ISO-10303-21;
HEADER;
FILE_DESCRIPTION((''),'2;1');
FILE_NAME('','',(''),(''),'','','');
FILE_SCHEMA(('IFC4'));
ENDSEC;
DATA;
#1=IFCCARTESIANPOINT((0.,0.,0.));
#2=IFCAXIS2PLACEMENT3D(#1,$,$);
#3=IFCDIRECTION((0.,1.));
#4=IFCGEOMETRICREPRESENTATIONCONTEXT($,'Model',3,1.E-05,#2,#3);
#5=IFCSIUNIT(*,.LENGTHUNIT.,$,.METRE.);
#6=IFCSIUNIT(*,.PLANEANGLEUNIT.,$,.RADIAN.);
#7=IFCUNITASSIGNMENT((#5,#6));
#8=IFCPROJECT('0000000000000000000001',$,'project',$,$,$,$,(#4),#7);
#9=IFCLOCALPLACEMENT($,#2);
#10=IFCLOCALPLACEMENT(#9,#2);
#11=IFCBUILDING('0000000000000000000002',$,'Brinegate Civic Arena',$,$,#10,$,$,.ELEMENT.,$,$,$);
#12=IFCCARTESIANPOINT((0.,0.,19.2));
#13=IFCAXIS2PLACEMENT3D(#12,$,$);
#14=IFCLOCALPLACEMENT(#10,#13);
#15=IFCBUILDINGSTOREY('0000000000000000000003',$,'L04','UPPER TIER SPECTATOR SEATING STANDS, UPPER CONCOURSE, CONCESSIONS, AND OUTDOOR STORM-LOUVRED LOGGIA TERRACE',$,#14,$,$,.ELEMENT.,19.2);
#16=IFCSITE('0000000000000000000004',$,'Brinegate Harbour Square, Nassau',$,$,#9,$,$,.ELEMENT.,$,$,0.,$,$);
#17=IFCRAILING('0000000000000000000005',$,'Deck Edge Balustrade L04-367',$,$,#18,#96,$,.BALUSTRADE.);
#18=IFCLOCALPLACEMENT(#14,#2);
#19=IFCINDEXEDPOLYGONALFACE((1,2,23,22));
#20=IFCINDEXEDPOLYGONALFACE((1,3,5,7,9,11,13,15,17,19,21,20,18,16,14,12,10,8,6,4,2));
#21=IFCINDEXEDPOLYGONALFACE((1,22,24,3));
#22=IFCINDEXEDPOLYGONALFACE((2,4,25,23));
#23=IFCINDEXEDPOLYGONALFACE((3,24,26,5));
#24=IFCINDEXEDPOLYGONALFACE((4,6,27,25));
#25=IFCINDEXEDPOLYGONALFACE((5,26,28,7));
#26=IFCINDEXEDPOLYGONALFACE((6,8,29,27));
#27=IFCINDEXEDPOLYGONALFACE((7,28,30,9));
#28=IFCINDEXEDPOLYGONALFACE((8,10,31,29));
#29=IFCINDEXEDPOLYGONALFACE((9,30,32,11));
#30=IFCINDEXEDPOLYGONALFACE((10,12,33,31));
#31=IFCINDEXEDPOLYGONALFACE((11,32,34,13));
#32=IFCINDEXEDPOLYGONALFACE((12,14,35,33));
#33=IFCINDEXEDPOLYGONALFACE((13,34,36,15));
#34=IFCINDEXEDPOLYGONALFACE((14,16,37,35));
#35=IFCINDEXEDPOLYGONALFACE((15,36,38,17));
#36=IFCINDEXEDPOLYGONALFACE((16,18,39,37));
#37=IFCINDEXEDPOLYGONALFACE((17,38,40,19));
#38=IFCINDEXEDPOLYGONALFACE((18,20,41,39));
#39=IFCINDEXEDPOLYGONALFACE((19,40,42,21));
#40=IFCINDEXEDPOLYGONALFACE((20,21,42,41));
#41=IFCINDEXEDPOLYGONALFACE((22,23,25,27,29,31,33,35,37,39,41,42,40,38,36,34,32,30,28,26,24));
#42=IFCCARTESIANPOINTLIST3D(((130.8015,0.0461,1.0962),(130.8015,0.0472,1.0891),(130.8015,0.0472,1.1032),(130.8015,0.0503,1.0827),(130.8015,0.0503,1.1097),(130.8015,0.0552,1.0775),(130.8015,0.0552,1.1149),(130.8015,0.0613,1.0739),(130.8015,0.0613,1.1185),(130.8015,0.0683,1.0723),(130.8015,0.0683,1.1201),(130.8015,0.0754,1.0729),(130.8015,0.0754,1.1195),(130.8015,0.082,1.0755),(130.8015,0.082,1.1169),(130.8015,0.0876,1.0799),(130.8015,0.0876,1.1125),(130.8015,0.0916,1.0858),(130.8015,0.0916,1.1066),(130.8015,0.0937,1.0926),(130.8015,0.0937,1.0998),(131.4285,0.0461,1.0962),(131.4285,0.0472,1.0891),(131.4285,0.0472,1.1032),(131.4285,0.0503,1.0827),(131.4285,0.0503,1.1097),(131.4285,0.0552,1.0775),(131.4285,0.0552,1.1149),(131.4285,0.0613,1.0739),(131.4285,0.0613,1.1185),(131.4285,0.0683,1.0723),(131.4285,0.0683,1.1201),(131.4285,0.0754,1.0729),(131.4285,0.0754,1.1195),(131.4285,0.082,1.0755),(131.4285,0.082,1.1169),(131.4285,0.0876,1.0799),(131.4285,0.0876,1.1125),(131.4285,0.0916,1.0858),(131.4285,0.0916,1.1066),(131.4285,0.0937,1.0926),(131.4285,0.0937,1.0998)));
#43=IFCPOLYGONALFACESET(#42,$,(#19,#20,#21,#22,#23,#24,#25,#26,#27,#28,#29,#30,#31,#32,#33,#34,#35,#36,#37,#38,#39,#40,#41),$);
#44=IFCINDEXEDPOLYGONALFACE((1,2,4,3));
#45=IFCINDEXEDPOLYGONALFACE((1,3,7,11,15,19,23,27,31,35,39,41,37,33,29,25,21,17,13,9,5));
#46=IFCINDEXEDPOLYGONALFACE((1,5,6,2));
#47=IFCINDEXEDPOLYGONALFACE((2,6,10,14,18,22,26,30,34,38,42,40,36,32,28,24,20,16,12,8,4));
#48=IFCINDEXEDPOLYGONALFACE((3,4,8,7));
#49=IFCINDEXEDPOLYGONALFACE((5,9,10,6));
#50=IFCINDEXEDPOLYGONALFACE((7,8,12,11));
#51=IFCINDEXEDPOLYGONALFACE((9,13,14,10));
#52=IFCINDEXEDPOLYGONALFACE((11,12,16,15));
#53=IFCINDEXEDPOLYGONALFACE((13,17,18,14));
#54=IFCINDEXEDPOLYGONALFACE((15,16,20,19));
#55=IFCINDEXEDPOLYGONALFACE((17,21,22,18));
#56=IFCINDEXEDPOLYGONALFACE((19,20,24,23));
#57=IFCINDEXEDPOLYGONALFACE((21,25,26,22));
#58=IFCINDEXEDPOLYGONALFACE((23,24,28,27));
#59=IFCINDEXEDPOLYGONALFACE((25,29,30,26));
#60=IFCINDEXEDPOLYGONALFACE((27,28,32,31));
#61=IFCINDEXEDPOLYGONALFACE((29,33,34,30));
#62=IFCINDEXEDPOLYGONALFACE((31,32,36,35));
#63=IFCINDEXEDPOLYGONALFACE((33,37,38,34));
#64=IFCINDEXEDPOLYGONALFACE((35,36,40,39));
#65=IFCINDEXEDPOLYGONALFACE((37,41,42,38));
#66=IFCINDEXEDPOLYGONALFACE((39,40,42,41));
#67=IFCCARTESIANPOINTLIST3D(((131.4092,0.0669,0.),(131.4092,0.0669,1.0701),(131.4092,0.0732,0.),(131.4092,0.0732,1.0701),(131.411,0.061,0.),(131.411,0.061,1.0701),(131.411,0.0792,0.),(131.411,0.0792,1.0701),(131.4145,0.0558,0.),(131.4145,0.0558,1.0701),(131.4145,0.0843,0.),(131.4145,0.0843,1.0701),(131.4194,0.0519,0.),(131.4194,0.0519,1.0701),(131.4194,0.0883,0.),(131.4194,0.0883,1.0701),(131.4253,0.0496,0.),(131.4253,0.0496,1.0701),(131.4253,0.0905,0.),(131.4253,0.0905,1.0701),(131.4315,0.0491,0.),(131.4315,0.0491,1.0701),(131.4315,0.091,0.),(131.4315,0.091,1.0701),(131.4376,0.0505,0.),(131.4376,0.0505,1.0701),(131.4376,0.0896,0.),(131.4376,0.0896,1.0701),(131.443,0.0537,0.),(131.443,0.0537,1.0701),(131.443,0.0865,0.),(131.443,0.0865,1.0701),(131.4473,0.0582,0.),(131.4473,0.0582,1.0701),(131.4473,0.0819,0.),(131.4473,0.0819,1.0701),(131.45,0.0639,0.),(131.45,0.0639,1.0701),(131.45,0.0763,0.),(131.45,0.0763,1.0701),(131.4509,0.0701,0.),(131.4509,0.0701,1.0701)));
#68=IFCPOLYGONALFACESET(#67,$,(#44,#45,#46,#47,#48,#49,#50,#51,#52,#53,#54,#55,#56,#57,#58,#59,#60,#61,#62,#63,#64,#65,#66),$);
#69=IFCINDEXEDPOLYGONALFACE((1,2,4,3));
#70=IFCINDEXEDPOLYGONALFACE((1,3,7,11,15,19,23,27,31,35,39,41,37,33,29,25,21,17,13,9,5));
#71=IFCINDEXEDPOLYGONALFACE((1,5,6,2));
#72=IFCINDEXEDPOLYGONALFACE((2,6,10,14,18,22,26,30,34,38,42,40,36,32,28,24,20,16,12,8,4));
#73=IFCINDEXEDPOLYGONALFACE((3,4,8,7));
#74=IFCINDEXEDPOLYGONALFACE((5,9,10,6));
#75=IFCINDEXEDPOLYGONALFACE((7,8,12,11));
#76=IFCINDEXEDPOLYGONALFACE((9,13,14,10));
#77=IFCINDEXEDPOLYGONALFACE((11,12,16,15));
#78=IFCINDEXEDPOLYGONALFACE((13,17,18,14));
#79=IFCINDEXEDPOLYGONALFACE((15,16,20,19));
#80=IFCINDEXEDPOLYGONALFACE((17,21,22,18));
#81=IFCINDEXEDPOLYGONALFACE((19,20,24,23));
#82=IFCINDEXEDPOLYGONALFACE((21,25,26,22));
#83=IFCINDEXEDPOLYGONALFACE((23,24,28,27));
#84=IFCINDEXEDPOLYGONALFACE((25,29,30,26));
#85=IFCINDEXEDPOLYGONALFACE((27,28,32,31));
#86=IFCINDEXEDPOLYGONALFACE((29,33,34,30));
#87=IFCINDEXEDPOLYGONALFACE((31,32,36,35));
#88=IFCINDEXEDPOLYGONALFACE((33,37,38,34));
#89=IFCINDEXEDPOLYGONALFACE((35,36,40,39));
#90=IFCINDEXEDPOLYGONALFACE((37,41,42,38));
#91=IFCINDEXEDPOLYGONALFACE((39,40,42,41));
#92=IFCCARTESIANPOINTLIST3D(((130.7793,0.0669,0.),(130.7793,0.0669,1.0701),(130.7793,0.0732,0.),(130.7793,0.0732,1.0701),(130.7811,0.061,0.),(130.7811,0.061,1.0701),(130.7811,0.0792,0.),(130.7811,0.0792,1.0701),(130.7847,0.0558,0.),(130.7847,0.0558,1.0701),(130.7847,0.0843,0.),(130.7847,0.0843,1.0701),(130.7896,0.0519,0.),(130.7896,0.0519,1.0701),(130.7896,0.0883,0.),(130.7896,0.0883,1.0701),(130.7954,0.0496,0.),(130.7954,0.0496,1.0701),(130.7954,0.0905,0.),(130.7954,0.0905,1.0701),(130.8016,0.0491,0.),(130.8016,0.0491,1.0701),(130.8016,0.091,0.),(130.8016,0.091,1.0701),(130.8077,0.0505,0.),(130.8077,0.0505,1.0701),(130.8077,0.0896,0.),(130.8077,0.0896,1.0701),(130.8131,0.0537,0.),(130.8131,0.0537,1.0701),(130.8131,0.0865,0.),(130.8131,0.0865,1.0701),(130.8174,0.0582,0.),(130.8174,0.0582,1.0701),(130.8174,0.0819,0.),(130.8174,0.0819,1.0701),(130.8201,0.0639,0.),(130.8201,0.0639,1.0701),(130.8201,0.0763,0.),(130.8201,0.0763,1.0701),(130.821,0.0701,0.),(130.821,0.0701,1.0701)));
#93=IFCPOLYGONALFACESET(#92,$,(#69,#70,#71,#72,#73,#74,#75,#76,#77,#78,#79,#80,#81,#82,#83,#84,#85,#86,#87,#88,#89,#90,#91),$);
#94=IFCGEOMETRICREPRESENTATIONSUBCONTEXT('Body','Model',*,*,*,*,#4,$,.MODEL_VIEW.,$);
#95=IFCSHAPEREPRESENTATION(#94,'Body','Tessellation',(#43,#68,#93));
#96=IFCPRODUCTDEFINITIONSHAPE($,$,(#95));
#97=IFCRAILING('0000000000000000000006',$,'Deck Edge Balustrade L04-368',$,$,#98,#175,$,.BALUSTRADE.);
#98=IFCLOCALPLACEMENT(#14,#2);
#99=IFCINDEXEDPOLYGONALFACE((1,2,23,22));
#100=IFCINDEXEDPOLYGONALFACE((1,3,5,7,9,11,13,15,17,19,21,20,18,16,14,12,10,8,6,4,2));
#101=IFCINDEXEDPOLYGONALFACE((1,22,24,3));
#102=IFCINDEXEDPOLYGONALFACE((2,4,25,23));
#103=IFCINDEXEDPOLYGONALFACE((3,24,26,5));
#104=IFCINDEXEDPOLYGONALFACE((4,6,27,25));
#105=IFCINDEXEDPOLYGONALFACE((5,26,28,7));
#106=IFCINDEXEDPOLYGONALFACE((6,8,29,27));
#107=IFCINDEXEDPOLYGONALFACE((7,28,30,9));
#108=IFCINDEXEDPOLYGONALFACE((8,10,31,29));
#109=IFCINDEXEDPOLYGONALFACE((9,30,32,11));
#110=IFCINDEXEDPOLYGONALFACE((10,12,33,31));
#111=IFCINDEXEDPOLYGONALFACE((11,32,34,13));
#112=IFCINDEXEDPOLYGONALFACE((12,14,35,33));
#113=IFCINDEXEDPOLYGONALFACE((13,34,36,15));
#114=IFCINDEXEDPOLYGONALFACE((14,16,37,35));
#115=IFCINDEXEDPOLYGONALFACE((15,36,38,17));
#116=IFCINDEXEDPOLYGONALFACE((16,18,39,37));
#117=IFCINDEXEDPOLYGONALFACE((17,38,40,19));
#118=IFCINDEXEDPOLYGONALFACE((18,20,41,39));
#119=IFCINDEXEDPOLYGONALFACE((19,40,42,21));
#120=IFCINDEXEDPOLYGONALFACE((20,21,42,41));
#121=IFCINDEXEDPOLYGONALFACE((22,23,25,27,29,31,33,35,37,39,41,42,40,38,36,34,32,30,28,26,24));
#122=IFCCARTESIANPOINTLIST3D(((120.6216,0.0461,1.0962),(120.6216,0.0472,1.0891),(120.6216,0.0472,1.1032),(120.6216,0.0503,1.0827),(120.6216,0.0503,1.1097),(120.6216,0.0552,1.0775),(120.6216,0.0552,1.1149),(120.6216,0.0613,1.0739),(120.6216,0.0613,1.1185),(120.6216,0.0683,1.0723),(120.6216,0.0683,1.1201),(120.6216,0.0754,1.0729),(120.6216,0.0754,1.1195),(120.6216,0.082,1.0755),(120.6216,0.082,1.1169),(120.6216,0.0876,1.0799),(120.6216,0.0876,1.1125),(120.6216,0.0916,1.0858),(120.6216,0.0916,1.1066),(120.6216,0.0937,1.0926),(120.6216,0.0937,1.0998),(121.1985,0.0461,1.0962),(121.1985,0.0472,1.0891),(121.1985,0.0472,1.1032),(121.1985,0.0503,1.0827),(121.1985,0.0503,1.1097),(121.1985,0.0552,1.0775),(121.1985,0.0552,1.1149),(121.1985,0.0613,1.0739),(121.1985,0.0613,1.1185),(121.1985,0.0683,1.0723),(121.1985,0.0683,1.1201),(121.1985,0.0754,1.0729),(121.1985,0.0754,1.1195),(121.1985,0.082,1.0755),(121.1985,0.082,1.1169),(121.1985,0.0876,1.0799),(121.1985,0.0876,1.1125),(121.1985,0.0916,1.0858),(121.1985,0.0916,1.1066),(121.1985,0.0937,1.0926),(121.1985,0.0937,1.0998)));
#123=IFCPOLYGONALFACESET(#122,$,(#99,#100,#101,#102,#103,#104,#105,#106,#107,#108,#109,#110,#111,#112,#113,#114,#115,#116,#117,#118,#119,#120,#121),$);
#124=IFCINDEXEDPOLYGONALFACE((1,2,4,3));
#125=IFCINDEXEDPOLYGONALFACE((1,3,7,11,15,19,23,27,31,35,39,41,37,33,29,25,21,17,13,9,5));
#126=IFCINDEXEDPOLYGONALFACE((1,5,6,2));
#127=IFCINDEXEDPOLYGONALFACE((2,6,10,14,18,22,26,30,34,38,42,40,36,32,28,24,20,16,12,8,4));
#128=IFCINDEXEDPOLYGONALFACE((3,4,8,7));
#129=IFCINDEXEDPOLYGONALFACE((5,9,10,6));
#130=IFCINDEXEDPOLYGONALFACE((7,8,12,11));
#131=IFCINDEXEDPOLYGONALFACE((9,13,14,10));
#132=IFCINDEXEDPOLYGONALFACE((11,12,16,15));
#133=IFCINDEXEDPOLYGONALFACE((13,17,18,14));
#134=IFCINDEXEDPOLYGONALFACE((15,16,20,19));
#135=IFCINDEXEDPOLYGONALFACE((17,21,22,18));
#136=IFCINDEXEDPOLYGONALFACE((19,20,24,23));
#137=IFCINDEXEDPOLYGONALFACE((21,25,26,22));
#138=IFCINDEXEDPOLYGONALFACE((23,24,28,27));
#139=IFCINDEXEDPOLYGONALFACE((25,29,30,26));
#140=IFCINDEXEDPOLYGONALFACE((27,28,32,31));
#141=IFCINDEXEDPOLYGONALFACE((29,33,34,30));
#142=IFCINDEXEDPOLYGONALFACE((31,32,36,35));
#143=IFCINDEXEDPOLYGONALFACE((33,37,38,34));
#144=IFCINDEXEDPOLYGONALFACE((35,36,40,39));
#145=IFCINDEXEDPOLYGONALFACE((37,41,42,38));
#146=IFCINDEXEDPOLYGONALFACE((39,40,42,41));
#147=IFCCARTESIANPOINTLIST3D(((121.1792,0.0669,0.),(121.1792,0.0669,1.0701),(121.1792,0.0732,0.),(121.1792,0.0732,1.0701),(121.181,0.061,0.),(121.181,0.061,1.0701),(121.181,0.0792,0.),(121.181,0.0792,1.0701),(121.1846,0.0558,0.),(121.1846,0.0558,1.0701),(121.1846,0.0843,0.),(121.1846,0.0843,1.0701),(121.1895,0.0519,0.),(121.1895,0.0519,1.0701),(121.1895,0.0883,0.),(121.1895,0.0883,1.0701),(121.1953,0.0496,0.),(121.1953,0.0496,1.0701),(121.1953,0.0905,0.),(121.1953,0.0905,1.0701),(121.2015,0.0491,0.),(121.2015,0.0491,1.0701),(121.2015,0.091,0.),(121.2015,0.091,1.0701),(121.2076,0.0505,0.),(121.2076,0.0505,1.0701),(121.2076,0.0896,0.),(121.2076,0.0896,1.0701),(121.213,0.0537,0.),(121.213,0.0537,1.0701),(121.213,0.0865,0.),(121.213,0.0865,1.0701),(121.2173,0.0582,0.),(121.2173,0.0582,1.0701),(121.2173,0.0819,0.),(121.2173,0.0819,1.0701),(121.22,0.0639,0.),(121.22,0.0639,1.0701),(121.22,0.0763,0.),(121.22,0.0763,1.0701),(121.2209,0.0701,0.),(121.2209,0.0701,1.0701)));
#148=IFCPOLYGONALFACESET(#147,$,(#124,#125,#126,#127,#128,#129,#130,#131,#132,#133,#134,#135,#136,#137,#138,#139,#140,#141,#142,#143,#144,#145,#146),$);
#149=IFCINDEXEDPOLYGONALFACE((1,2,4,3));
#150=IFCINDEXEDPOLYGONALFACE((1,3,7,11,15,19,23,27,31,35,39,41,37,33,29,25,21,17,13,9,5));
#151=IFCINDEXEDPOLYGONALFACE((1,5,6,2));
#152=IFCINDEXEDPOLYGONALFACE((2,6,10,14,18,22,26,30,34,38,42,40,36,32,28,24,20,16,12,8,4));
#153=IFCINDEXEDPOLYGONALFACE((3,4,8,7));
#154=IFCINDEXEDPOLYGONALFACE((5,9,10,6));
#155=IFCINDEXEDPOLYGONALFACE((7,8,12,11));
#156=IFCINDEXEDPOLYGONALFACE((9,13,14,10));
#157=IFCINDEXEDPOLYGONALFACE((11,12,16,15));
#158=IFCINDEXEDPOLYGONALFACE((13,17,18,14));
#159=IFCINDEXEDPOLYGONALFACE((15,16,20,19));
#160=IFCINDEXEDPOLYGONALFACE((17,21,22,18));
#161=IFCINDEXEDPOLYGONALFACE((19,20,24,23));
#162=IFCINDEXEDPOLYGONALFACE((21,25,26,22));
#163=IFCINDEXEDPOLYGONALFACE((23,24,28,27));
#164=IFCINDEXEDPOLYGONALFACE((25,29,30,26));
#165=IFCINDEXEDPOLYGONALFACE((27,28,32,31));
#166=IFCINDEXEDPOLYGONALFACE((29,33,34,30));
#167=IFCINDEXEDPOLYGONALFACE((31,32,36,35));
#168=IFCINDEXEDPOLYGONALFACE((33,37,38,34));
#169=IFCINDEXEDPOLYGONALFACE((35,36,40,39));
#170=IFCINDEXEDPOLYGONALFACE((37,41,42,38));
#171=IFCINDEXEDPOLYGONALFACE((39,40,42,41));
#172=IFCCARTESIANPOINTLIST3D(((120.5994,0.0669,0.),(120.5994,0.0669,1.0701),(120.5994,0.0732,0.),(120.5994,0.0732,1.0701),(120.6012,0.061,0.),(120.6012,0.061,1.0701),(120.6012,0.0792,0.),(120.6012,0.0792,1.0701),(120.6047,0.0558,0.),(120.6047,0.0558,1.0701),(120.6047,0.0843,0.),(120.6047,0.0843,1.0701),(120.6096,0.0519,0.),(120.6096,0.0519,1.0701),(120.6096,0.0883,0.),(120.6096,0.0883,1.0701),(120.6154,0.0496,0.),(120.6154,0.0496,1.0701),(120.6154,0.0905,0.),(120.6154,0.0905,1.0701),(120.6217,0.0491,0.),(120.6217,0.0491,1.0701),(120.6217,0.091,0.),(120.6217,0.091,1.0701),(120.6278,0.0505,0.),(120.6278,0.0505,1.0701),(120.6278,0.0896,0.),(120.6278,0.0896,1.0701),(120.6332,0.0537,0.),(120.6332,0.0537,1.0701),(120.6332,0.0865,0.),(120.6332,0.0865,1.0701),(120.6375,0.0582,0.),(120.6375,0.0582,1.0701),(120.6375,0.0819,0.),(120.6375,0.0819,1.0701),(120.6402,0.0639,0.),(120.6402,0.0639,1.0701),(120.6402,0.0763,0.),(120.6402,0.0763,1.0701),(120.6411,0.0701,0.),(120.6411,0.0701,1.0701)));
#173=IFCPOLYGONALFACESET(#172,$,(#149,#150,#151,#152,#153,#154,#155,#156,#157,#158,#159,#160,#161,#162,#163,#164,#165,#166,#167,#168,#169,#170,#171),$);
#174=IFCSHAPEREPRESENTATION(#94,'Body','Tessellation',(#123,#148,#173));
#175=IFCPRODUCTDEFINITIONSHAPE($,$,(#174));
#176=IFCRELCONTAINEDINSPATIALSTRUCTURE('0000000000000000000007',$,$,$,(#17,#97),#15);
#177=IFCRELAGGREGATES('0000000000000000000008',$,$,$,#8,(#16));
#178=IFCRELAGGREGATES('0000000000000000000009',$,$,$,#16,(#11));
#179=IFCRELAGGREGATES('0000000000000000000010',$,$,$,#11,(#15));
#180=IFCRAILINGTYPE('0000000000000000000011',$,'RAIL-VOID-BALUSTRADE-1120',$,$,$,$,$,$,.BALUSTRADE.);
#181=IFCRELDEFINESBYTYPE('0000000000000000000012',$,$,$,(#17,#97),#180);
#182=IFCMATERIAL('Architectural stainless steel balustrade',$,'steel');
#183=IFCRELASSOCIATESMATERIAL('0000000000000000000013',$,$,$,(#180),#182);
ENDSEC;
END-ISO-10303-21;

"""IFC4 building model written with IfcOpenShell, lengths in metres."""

from ifc_helpers import new_model, si_unit, direction, frame, origin, origin_2d, place, context, subcontext, project, spatial, circle, extrude, material, type_object, element, save


model = new_model("IFC4")

# Units and contexts
model_context = context("Model", 3, precision=1e-05, world=origin(), true_north=direction((0.0, 1.0)))
body_context = subcontext(model_context, "Body", "Model", "MODEL_VIEW")
ifc_project = project(units=[si_unit("LENGTHUNIT", "METRE"), si_unit("PLANEANGLEUNIT", "RADIAN")], contexts=[model_context])

# Site, building, storey
site_placement = place(None, origin())
site = spatial("IfcSite", under=ifc_project, at=site_placement, Name="Brinegate Harbour Square, Nassau", CompositionType="ELEMENT", RefElevation=0.0)
building_placement = place(site_placement, origin())
building = spatial("IfcBuilding", under=site, at=building_placement, Name="Brinegate Civic Arena", CompositionType="ELEMENT")
storey_placement = place(building_placement, frame((0.0, 0.0, 19.2)))
storey = spatial("IfcBuildingStorey", under=building, at=storey_placement, Name="L04", Description="UPPER TIER SPECTATOR SEATING STANDS, UPPER CONCOURSE, CONCESSIONS, AND OUTDOOR STORM-LOUVRED LOGGIA TERRACE", CompositionType="ELEMENT", Elevation=19.2)

# Railings
ifc_material_1 = material(Name="Architectural stainless steel balustrade", Category="steel")
railing_type_1 = type_object("IfcRailingType", Name="RAIL-VOID-BALUSTRADE-1120", PredefinedType="BALUSTRADE", material=ifc_material_1)
railing_1_placement = place(storey_placement, frame((131.4299, 0.0701, 0.0)))
element("IfcRailing", 1, at=railing_1_placement, inside=storey, type_object=railing_type_1, Name="Deck Edge Balustrade L04-367", PredefinedType="BALUSTRADE", context=body_context, shape_type="SweptSolid", body=[
    extrude(circle(Radius=0.0239, at=origin_2d()), frame((-0.0015, 0.0, 1.0962), z_axis=(-1.0, 0.0, 0.0), x_axis=(0.0, -1.0, 0.0)), (0.0, 0.0, 1.0), 0.627),
    extrude(circle(Radius=0.021, at=origin_2d()), origin(), (0.0, 0.0, 1.0), 1.0701),
    extrude(circle(Radius=0.021, at=origin_2d()), frame((-0.6299, 0.0, 0.0)), (0.0, 0.0, 1.0), 1.0701),
])
for number, where, name in (
    (2, (121.2, 0.0701, 0.0), "Deck Edge Balustrade L04-368"),
):
    element("IfcRailing", number, at=place(storey_placement, frame(where)), inside=storey, type_object=railing_type_1, Name=name, PredefinedType="BALUSTRADE", context=body_context, shape_type="SweptSolid", body=[
        extrude(circle(Radius=0.0239, at=origin_2d()), frame((-0.0015, 0.0, 1.0962), z_axis=(-1.0, 0.0, 0.0), x_axis=(0.0, -1.0, 0.0)), (0.0, 0.0, 1.0), 0.5769),
        extrude(circle(Radius=0.021, at=origin_2d()), origin(), (0.0, 0.0, 1.0), 1.0701),
        extrude(circle(Radius=0.021, at=origin_2d()), frame((-0.5798, 0.0, 0.0)), (0.0, 0.0, 1.0), 1.0701),
    ])

save(model, "model.ifc")
